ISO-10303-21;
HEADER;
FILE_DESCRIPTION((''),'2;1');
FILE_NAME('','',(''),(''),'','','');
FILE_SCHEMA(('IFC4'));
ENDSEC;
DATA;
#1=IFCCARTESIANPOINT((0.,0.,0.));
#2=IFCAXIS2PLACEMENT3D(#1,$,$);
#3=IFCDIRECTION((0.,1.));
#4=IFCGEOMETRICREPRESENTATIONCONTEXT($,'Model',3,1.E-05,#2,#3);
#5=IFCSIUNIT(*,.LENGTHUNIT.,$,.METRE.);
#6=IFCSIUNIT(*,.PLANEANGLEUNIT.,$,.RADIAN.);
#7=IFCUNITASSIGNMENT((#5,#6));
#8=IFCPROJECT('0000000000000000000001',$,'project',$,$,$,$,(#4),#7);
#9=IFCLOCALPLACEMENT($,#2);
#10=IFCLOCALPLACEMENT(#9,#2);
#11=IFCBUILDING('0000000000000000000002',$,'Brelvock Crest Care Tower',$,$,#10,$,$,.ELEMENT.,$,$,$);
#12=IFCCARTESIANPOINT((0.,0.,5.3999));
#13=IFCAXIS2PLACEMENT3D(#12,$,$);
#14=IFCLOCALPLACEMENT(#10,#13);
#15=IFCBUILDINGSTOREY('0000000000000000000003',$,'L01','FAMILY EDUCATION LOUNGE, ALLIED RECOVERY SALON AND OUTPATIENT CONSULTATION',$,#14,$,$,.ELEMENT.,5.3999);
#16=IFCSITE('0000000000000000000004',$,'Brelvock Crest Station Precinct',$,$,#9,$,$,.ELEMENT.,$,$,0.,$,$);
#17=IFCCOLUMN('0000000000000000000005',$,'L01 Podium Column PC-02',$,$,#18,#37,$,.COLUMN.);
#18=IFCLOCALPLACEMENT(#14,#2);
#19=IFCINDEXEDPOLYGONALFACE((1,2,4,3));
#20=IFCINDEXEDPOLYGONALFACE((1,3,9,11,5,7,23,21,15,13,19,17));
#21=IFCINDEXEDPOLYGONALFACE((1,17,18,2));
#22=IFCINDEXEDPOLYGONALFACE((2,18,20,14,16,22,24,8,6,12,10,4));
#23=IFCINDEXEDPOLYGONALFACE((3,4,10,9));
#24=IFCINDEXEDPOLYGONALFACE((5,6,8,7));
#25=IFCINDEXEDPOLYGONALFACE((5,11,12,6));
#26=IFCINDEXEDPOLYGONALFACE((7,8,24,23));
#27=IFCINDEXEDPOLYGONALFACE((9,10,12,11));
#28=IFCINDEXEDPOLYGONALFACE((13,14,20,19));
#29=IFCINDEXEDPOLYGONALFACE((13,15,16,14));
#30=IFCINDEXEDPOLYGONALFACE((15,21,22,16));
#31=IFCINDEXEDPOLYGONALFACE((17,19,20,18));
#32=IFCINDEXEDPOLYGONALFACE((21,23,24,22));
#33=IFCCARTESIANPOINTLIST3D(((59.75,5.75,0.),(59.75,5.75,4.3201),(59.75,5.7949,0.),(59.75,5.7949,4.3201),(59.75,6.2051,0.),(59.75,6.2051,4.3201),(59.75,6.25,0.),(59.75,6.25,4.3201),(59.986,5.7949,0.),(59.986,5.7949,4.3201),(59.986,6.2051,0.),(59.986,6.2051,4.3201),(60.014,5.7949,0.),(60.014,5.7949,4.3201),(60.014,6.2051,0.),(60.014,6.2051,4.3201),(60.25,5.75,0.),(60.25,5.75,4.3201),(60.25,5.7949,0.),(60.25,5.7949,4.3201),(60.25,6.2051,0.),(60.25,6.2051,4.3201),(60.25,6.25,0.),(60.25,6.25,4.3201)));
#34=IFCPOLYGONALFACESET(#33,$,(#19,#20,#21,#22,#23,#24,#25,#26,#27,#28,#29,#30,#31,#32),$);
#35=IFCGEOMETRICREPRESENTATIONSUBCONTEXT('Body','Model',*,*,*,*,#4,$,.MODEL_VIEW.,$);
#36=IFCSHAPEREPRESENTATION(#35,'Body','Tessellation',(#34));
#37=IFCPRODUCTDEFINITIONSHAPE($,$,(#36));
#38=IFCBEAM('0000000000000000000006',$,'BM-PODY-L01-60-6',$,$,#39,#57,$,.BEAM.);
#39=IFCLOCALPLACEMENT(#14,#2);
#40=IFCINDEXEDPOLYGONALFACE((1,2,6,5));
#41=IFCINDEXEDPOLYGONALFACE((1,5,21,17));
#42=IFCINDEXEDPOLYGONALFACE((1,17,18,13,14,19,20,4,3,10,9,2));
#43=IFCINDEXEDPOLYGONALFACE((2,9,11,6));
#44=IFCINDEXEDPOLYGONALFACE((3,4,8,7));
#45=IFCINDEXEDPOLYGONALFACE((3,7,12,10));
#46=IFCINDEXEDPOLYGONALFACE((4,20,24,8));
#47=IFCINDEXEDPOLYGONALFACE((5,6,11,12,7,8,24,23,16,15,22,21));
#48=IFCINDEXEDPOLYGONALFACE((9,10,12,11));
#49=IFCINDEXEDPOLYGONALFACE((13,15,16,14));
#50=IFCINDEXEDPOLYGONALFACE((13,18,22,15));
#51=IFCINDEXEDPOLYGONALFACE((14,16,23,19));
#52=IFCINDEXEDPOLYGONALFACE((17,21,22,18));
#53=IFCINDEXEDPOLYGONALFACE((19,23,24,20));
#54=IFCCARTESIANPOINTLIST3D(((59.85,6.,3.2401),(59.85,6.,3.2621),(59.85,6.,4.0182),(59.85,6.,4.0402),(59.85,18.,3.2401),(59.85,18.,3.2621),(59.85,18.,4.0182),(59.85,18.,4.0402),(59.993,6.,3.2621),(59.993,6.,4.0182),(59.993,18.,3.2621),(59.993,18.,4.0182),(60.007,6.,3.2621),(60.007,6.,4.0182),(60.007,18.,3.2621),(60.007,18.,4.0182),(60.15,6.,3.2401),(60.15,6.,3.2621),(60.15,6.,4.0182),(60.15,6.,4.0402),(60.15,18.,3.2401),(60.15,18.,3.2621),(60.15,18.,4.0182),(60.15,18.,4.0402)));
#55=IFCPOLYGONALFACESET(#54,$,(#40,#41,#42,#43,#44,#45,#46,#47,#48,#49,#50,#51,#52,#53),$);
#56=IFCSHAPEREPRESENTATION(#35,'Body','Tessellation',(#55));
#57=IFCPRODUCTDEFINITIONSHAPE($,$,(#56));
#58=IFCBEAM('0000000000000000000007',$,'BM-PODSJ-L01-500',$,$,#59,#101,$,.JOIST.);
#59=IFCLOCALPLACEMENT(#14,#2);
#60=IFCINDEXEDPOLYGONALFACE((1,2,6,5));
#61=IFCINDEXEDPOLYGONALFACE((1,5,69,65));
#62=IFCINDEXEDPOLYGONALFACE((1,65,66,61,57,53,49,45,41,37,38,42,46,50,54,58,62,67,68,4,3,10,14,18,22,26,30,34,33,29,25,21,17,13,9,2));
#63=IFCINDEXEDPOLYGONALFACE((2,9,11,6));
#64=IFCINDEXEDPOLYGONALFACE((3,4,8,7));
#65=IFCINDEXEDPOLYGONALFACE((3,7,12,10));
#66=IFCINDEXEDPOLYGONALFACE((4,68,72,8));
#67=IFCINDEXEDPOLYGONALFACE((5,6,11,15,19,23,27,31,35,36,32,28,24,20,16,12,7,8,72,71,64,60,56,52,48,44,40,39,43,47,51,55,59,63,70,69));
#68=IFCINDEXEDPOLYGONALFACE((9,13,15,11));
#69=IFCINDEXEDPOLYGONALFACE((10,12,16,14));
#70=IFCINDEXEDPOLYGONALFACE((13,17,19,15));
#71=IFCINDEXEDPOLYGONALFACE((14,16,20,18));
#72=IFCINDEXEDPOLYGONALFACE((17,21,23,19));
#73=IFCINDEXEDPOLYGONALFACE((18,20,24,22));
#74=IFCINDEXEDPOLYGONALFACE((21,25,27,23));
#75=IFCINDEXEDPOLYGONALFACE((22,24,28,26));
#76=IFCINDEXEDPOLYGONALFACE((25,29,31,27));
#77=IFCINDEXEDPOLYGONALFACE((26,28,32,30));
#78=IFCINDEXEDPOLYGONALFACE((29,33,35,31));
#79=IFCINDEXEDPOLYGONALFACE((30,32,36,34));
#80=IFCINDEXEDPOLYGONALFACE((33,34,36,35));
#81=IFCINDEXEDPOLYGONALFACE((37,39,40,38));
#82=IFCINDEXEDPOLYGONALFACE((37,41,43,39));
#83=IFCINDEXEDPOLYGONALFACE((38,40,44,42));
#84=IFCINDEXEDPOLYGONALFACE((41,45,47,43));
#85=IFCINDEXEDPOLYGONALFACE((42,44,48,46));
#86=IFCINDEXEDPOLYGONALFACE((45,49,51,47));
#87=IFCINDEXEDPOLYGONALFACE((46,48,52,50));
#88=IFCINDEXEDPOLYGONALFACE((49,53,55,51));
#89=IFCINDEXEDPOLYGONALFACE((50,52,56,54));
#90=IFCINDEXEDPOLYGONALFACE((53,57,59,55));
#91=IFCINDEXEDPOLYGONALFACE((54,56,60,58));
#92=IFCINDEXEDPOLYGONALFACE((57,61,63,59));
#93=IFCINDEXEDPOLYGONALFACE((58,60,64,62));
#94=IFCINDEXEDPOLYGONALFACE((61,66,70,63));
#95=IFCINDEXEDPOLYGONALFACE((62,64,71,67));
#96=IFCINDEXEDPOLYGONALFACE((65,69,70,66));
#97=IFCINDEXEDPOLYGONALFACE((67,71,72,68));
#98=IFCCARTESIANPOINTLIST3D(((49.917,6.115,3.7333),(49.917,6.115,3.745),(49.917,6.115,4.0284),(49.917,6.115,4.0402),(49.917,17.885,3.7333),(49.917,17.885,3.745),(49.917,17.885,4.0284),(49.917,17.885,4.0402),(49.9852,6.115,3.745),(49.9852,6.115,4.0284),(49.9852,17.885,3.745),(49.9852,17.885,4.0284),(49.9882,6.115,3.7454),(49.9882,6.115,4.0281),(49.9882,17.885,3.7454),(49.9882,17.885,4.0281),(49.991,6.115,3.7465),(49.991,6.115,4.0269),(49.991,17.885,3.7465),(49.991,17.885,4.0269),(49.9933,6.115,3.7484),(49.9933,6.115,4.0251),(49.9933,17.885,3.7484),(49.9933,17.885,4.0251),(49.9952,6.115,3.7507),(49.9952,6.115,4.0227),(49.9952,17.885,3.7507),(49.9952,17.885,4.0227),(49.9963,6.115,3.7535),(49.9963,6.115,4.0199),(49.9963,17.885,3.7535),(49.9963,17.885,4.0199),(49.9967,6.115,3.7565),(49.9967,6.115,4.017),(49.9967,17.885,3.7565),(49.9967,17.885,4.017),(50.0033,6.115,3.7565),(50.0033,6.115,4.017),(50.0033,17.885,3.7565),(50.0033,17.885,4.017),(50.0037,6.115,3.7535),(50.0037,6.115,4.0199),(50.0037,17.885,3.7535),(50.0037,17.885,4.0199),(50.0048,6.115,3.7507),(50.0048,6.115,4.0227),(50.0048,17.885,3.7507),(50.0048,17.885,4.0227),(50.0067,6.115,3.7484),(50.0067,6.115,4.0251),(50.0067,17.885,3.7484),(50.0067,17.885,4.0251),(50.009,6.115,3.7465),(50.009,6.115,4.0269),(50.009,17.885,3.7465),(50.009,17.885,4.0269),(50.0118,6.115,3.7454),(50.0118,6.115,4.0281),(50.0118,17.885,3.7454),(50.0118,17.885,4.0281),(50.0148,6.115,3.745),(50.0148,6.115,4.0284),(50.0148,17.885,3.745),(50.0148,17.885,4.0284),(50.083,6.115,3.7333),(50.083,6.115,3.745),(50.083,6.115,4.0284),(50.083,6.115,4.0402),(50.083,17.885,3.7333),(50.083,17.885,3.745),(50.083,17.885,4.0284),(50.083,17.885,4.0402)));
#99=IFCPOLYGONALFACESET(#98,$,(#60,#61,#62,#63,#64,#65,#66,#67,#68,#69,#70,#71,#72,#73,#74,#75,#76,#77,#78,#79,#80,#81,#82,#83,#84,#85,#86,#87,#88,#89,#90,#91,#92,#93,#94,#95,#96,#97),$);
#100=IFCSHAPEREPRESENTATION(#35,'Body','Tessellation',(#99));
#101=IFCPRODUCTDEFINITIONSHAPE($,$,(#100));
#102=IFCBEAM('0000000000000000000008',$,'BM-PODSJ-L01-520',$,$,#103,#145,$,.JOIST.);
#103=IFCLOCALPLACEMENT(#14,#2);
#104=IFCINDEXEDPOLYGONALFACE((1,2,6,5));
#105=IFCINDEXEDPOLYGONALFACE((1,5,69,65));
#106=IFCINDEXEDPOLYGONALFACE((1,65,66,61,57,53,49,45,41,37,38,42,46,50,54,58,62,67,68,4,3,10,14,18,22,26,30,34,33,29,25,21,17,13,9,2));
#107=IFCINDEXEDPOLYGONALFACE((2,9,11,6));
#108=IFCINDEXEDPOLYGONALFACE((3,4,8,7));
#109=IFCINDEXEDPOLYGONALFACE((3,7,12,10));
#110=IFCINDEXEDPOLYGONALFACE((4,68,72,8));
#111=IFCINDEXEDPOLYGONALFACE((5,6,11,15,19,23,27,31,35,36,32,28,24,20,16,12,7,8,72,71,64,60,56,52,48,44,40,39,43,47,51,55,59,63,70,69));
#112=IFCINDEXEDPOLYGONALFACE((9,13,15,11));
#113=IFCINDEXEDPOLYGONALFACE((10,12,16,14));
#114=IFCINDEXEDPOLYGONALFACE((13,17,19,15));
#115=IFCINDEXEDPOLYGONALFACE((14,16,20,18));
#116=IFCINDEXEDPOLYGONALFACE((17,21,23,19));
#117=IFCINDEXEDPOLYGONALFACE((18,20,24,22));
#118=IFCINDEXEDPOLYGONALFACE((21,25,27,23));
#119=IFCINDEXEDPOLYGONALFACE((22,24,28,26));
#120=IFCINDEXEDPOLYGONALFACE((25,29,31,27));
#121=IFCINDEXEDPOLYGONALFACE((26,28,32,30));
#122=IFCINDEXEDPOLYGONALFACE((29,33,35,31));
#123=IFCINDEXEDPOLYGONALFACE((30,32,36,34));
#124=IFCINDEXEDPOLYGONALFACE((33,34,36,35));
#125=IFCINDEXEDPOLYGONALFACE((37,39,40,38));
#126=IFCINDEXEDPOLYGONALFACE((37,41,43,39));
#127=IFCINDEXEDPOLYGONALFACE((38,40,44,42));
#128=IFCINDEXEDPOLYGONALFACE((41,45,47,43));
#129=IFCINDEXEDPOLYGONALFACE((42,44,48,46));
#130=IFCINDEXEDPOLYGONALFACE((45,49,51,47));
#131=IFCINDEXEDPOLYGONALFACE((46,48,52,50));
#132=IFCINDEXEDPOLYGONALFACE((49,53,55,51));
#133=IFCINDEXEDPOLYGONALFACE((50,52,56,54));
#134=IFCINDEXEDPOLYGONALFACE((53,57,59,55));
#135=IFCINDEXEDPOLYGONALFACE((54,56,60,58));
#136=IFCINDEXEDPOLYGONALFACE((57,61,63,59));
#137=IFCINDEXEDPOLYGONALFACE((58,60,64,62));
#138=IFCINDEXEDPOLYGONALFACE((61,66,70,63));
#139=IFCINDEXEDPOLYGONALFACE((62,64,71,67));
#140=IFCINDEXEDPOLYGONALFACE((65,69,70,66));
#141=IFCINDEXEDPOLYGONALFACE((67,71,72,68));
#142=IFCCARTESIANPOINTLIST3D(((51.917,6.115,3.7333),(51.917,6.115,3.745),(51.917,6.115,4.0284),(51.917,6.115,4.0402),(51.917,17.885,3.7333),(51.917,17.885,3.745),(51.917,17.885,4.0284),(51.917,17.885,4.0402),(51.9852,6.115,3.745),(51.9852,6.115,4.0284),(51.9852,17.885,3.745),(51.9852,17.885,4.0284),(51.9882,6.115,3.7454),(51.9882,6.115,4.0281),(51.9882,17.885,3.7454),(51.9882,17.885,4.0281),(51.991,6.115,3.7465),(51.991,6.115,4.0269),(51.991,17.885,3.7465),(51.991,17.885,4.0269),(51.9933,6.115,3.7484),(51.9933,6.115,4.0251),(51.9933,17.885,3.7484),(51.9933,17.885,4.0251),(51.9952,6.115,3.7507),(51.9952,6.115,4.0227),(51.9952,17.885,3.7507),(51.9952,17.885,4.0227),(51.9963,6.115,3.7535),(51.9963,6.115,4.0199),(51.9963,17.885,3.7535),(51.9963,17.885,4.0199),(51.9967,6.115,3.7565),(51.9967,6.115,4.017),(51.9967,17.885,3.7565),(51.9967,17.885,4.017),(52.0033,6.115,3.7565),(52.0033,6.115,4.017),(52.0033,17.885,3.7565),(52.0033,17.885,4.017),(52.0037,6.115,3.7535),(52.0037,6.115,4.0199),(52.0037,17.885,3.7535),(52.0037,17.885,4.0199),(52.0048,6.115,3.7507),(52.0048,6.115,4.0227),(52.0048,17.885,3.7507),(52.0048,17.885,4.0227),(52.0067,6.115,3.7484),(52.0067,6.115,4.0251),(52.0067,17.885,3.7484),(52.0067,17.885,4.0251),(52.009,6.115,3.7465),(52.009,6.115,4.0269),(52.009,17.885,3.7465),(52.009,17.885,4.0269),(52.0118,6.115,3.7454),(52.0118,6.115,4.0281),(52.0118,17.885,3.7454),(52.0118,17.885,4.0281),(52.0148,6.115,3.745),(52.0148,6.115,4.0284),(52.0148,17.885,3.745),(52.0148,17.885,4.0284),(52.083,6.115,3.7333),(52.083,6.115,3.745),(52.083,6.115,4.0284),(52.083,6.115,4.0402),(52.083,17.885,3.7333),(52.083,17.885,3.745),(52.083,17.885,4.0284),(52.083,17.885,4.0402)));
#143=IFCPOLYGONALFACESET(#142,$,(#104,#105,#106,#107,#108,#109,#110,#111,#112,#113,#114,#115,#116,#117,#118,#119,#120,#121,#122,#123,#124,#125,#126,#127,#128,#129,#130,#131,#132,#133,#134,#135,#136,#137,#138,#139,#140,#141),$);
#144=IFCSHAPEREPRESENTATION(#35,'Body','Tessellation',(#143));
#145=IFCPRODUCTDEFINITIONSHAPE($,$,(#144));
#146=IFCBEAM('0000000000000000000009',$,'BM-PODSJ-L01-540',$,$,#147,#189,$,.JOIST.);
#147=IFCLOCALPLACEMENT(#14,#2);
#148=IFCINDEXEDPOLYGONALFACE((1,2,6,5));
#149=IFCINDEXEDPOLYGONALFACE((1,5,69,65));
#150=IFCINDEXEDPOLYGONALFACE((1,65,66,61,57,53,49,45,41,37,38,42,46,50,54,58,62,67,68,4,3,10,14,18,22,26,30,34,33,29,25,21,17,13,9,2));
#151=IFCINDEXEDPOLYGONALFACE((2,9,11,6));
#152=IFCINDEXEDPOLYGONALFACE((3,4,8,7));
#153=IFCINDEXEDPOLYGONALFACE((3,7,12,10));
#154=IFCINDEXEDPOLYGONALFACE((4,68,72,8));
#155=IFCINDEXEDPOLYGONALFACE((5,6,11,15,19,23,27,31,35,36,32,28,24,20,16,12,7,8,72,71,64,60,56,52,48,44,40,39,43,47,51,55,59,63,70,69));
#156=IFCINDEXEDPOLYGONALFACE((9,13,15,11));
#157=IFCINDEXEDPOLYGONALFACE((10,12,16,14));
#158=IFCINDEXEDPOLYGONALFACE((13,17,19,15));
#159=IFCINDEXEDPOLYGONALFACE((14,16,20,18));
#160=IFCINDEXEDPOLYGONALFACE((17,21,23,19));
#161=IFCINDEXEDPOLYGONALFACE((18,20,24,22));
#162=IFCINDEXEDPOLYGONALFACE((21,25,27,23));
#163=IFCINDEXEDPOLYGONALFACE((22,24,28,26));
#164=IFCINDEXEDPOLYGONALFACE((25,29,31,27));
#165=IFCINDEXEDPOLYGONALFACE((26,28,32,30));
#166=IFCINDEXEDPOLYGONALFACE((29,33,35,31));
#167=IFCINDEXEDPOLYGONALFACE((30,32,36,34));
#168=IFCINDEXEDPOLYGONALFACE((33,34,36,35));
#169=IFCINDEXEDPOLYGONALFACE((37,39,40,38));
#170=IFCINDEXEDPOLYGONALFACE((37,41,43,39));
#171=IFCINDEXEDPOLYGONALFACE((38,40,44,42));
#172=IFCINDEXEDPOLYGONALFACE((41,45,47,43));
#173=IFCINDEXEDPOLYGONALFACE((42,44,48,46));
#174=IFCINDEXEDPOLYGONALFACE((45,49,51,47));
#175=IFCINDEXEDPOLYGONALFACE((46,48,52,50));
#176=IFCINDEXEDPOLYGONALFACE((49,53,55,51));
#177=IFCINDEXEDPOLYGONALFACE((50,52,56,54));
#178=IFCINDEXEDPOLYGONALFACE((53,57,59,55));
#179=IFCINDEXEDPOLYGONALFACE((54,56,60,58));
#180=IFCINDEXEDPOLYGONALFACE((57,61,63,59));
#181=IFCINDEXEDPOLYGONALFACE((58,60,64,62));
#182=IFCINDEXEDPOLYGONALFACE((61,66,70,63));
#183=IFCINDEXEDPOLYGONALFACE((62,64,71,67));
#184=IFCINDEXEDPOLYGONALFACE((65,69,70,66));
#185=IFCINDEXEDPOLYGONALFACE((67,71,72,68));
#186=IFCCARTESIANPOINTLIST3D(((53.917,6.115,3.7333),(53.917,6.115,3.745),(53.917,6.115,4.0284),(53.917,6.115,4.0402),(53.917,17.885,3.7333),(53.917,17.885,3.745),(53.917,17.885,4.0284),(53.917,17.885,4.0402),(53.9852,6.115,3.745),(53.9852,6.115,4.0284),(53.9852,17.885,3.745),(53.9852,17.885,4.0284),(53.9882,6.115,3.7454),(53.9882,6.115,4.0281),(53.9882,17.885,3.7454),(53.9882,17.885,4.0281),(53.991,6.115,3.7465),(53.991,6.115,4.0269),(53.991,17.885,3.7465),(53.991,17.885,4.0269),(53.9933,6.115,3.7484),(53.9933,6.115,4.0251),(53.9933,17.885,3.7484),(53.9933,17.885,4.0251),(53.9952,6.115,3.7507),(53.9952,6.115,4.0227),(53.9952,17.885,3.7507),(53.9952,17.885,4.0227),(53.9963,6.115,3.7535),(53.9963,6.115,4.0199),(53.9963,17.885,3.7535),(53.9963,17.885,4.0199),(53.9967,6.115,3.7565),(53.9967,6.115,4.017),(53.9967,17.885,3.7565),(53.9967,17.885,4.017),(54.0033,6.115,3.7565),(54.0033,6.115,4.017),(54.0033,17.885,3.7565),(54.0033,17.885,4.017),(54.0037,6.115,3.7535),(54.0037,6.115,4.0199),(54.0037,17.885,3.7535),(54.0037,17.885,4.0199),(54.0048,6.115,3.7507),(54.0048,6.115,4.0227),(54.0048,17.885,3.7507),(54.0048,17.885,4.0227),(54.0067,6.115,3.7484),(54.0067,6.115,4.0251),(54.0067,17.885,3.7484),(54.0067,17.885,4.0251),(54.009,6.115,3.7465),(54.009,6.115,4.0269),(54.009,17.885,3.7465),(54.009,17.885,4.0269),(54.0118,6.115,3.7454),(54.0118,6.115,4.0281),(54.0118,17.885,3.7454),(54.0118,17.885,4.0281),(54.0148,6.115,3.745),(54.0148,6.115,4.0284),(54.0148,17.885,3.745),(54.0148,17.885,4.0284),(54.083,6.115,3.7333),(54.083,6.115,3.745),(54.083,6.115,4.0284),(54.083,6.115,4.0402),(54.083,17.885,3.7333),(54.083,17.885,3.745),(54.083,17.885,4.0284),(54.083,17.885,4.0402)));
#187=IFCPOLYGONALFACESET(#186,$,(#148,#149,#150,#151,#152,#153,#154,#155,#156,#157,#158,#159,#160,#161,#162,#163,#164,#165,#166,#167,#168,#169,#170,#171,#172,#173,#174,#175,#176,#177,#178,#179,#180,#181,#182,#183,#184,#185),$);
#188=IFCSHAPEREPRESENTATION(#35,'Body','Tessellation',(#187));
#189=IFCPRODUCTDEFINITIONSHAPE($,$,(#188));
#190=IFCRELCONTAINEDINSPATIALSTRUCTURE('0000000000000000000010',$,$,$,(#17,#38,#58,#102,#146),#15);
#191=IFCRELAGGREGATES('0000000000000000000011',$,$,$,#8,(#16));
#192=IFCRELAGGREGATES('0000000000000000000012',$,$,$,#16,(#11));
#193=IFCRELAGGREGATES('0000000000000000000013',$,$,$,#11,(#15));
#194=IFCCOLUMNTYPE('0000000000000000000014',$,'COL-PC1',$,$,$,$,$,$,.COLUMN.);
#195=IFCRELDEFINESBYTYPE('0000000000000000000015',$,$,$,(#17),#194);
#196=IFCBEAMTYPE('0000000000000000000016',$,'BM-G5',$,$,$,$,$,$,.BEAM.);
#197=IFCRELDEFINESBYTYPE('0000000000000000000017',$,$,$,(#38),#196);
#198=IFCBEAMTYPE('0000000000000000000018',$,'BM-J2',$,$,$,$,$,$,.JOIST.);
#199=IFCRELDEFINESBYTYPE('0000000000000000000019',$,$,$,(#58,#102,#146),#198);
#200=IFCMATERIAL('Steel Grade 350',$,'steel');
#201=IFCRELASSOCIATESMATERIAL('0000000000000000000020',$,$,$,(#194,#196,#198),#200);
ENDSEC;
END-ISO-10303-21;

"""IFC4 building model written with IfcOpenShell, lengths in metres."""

from ifc_helpers import new_model, si_unit, direction, frame, origin, origin_2d, place, context, subcontext, project, spatial, i_section, extrude, source, transform, mapped, material, material_profile, profile_set, type_object, element, save


model = new_model("IFC4")

# Units and contexts
model_context = context("Model", 3, precision=1e-05, world=origin(), true_north=direction((0.0, 1.0)))
body_context = subcontext(model_context, "Body", "Model", "MODEL_VIEW")
ifc_project = project(units=[si_unit("LENGTHUNIT", "METRE"), si_unit("PLANEANGLEUNIT", "RADIAN")], contexts=[model_context])

# Site, building, storey
site_placement = place(None, origin())
site = spatial("IfcSite", under=ifc_project, at=site_placement, Name="Brelvock Crest Station Precinct", CompositionType="ELEMENT", RefElevation=0.0)
building_placement = place(site_placement, origin())
building = spatial("IfcBuilding", under=site, at=building_placement, Name="Brelvock Crest Care Tower", CompositionType="ELEMENT")
storey_placement = place(building_placement, frame((0.0, 0.0, 5.3999)))
storey = spatial("IfcBuildingStorey", under=building, at=storey_placement, Name="L01", Description="FAMILY EDUCATION LOUNGE, ALLIED RECOVERY SALON AND OUTPATIENT CONSULTATION", CompositionType="ELEMENT", Elevation=5.3999)

# Column
ifc_material_1 = material(Name="Steel Grade 350", Category="steel")
ifc_material_profile_1 = material_profile(ifc_material_1, i_section(OverallWidth=0.5, OverallDepth=0.5, WebThickness=0.0281, FlangeThickness=0.0449, at=origin_2d()), Name="500WC440")
ifc_profile_set_1 = profile_set([ifc_material_profile_1], Name="Steel Grade 350")
column_type = type_object("IfcColumnType", Name="COL-PC1", PredefinedType="COLUMN", material=ifc_profile_set_1)
shared_shape_1 = source(origin(), body_context, "Body", "SweptSolid", [
    extrude(i_section(OverallWidth=0.5, OverallDepth=0.5, WebThickness=0.0281, FlangeThickness=0.0449, at=origin_2d()), origin(), (0.0, 0.0, 1.0), 4.3201),
])
column_placement = place(storey_placement, frame((60.0, 6.0, 0.0), z_axis=(0.0, 0.0, 1.0), x_axis=(1.0, 0.0, 0.0)))
element("IfcColumn", 1, at=column_placement, inside=storey, type_object=column_type, Name="L01 Podium Column PC-02", PredefinedType="COLUMN", context=body_context, shape_type="MappedRepresentation", body=[
    mapped(shared_shape_1, transform((0.0, 0.0, 0.0), x_axis=(1.0, 0.0, 0.0), y_axis=(0.0, 1.0, 0.0), z_axis=(0.0, 0.0, 1.0), scale=1.0)),
])

# Beams
ifc_material_profile_2 = material_profile(ifc_material_1, i_section(OverallWidth=0.3, OverallDepth=0.8, WebThickness=0.0139, FlangeThickness=0.022, at=origin_2d()), Name="800WB192")
ifc_profile_set_2 = profile_set([ifc_material_profile_2], Name="Steel Grade 350")
beam_type_1 = type_object("IfcBeamType", Name="BM-G5", PredefinedType="BEAM", material=ifc_profile_set_2)
shared_shape_2 = source(origin(), body_context, "Body", "SweptSolid", [
    extrude(i_section(OverallWidth=0.3, OverallDepth=0.8, WebThickness=0.0139, FlangeThickness=0.022, at=origin_2d()), origin(), (0.0, 0.0, 1.0), 12.0),
])
beam_placement = place(storey_placement, frame((60.0, 6.0, 3.6401), z_axis=(0.0, 1.0, 0.0), x_axis=(-1.0, 0.0, 0.0)))
element("IfcBeam", 2, at=beam_placement, inside=storey, type_object=beam_type_1, Name="BM-PODY-L01-60-6", PredefinedType="BEAM", context=body_context, shape_type="MappedRepresentation", body=[
    mapped(shared_shape_2, transform((0.0, 0.0, 0.0), x_axis=(1.0, 0.0, 0.0), y_axis=(0.0, 1.0, 0.0), z_axis=(0.0, 0.0, 1.0), scale=1.0)),
])
ifc_material_profile_3 = material_profile(ifc_material_1, i_section(OverallWidth=0.166, OverallDepth=0.3069, WebThickness=0.0066, FlangeThickness=0.0117, FilletRadius=0.0115, at=origin_2d()), Name="310UB46.2")
ifc_profile_set_3 = profile_set([ifc_material_profile_3], Name="Steel Grade 350")
beam_type_2 = type_object("IfcBeamType", Name="BM-J2", PredefinedType="JOIST", material=ifc_profile_set_3)
shared_shape_3 = source(origin(), body_context, "Body", "SweptSolid", [
    extrude(i_section(OverallWidth=0.166, OverallDepth=0.3069, WebThickness=0.0066, FlangeThickness=0.0117, FilletRadius=0.0115, at=origin_2d()), origin(), (0.0, 0.0, 1.0), 11.77),
])
for number, where, z_axis, x_axis, name in (
    (3, (50.0, 6.115, 3.8867), (0.0, 1.0, 0.0), (-1.0, 0.0, 0.0), "BM-PODSJ-L01-500"),
    (4, (52.0, 6.115, 3.8867), (0.0, 1.0, 0.0), (-1.0, 0.0, 0.0), "BM-PODSJ-L01-520"),
    (5, (54.0, 6.115, 3.8867), (0.0, 1.0, 0.0), (-1.0, 0.0, 0.0), "BM-PODSJ-L01-540"),
):
    element("IfcBeam", number, at=place(storey_placement, frame(where, z_axis=z_axis, x_axis=x_axis)), inside=storey, type_object=beam_type_2, Name=name, PredefinedType="JOIST", context=body_context, shape_type="MappedRepresentation", body=[
        mapped(shared_shape_3, transform((0.0, 0.0, 0.0), x_axis=(1.0, 0.0, 0.0), y_axis=(0.0, 1.0, 0.0), z_axis=(0.0, 0.0, 1.0), scale=1.0)),
    ])

save(model, "model.ifc")
